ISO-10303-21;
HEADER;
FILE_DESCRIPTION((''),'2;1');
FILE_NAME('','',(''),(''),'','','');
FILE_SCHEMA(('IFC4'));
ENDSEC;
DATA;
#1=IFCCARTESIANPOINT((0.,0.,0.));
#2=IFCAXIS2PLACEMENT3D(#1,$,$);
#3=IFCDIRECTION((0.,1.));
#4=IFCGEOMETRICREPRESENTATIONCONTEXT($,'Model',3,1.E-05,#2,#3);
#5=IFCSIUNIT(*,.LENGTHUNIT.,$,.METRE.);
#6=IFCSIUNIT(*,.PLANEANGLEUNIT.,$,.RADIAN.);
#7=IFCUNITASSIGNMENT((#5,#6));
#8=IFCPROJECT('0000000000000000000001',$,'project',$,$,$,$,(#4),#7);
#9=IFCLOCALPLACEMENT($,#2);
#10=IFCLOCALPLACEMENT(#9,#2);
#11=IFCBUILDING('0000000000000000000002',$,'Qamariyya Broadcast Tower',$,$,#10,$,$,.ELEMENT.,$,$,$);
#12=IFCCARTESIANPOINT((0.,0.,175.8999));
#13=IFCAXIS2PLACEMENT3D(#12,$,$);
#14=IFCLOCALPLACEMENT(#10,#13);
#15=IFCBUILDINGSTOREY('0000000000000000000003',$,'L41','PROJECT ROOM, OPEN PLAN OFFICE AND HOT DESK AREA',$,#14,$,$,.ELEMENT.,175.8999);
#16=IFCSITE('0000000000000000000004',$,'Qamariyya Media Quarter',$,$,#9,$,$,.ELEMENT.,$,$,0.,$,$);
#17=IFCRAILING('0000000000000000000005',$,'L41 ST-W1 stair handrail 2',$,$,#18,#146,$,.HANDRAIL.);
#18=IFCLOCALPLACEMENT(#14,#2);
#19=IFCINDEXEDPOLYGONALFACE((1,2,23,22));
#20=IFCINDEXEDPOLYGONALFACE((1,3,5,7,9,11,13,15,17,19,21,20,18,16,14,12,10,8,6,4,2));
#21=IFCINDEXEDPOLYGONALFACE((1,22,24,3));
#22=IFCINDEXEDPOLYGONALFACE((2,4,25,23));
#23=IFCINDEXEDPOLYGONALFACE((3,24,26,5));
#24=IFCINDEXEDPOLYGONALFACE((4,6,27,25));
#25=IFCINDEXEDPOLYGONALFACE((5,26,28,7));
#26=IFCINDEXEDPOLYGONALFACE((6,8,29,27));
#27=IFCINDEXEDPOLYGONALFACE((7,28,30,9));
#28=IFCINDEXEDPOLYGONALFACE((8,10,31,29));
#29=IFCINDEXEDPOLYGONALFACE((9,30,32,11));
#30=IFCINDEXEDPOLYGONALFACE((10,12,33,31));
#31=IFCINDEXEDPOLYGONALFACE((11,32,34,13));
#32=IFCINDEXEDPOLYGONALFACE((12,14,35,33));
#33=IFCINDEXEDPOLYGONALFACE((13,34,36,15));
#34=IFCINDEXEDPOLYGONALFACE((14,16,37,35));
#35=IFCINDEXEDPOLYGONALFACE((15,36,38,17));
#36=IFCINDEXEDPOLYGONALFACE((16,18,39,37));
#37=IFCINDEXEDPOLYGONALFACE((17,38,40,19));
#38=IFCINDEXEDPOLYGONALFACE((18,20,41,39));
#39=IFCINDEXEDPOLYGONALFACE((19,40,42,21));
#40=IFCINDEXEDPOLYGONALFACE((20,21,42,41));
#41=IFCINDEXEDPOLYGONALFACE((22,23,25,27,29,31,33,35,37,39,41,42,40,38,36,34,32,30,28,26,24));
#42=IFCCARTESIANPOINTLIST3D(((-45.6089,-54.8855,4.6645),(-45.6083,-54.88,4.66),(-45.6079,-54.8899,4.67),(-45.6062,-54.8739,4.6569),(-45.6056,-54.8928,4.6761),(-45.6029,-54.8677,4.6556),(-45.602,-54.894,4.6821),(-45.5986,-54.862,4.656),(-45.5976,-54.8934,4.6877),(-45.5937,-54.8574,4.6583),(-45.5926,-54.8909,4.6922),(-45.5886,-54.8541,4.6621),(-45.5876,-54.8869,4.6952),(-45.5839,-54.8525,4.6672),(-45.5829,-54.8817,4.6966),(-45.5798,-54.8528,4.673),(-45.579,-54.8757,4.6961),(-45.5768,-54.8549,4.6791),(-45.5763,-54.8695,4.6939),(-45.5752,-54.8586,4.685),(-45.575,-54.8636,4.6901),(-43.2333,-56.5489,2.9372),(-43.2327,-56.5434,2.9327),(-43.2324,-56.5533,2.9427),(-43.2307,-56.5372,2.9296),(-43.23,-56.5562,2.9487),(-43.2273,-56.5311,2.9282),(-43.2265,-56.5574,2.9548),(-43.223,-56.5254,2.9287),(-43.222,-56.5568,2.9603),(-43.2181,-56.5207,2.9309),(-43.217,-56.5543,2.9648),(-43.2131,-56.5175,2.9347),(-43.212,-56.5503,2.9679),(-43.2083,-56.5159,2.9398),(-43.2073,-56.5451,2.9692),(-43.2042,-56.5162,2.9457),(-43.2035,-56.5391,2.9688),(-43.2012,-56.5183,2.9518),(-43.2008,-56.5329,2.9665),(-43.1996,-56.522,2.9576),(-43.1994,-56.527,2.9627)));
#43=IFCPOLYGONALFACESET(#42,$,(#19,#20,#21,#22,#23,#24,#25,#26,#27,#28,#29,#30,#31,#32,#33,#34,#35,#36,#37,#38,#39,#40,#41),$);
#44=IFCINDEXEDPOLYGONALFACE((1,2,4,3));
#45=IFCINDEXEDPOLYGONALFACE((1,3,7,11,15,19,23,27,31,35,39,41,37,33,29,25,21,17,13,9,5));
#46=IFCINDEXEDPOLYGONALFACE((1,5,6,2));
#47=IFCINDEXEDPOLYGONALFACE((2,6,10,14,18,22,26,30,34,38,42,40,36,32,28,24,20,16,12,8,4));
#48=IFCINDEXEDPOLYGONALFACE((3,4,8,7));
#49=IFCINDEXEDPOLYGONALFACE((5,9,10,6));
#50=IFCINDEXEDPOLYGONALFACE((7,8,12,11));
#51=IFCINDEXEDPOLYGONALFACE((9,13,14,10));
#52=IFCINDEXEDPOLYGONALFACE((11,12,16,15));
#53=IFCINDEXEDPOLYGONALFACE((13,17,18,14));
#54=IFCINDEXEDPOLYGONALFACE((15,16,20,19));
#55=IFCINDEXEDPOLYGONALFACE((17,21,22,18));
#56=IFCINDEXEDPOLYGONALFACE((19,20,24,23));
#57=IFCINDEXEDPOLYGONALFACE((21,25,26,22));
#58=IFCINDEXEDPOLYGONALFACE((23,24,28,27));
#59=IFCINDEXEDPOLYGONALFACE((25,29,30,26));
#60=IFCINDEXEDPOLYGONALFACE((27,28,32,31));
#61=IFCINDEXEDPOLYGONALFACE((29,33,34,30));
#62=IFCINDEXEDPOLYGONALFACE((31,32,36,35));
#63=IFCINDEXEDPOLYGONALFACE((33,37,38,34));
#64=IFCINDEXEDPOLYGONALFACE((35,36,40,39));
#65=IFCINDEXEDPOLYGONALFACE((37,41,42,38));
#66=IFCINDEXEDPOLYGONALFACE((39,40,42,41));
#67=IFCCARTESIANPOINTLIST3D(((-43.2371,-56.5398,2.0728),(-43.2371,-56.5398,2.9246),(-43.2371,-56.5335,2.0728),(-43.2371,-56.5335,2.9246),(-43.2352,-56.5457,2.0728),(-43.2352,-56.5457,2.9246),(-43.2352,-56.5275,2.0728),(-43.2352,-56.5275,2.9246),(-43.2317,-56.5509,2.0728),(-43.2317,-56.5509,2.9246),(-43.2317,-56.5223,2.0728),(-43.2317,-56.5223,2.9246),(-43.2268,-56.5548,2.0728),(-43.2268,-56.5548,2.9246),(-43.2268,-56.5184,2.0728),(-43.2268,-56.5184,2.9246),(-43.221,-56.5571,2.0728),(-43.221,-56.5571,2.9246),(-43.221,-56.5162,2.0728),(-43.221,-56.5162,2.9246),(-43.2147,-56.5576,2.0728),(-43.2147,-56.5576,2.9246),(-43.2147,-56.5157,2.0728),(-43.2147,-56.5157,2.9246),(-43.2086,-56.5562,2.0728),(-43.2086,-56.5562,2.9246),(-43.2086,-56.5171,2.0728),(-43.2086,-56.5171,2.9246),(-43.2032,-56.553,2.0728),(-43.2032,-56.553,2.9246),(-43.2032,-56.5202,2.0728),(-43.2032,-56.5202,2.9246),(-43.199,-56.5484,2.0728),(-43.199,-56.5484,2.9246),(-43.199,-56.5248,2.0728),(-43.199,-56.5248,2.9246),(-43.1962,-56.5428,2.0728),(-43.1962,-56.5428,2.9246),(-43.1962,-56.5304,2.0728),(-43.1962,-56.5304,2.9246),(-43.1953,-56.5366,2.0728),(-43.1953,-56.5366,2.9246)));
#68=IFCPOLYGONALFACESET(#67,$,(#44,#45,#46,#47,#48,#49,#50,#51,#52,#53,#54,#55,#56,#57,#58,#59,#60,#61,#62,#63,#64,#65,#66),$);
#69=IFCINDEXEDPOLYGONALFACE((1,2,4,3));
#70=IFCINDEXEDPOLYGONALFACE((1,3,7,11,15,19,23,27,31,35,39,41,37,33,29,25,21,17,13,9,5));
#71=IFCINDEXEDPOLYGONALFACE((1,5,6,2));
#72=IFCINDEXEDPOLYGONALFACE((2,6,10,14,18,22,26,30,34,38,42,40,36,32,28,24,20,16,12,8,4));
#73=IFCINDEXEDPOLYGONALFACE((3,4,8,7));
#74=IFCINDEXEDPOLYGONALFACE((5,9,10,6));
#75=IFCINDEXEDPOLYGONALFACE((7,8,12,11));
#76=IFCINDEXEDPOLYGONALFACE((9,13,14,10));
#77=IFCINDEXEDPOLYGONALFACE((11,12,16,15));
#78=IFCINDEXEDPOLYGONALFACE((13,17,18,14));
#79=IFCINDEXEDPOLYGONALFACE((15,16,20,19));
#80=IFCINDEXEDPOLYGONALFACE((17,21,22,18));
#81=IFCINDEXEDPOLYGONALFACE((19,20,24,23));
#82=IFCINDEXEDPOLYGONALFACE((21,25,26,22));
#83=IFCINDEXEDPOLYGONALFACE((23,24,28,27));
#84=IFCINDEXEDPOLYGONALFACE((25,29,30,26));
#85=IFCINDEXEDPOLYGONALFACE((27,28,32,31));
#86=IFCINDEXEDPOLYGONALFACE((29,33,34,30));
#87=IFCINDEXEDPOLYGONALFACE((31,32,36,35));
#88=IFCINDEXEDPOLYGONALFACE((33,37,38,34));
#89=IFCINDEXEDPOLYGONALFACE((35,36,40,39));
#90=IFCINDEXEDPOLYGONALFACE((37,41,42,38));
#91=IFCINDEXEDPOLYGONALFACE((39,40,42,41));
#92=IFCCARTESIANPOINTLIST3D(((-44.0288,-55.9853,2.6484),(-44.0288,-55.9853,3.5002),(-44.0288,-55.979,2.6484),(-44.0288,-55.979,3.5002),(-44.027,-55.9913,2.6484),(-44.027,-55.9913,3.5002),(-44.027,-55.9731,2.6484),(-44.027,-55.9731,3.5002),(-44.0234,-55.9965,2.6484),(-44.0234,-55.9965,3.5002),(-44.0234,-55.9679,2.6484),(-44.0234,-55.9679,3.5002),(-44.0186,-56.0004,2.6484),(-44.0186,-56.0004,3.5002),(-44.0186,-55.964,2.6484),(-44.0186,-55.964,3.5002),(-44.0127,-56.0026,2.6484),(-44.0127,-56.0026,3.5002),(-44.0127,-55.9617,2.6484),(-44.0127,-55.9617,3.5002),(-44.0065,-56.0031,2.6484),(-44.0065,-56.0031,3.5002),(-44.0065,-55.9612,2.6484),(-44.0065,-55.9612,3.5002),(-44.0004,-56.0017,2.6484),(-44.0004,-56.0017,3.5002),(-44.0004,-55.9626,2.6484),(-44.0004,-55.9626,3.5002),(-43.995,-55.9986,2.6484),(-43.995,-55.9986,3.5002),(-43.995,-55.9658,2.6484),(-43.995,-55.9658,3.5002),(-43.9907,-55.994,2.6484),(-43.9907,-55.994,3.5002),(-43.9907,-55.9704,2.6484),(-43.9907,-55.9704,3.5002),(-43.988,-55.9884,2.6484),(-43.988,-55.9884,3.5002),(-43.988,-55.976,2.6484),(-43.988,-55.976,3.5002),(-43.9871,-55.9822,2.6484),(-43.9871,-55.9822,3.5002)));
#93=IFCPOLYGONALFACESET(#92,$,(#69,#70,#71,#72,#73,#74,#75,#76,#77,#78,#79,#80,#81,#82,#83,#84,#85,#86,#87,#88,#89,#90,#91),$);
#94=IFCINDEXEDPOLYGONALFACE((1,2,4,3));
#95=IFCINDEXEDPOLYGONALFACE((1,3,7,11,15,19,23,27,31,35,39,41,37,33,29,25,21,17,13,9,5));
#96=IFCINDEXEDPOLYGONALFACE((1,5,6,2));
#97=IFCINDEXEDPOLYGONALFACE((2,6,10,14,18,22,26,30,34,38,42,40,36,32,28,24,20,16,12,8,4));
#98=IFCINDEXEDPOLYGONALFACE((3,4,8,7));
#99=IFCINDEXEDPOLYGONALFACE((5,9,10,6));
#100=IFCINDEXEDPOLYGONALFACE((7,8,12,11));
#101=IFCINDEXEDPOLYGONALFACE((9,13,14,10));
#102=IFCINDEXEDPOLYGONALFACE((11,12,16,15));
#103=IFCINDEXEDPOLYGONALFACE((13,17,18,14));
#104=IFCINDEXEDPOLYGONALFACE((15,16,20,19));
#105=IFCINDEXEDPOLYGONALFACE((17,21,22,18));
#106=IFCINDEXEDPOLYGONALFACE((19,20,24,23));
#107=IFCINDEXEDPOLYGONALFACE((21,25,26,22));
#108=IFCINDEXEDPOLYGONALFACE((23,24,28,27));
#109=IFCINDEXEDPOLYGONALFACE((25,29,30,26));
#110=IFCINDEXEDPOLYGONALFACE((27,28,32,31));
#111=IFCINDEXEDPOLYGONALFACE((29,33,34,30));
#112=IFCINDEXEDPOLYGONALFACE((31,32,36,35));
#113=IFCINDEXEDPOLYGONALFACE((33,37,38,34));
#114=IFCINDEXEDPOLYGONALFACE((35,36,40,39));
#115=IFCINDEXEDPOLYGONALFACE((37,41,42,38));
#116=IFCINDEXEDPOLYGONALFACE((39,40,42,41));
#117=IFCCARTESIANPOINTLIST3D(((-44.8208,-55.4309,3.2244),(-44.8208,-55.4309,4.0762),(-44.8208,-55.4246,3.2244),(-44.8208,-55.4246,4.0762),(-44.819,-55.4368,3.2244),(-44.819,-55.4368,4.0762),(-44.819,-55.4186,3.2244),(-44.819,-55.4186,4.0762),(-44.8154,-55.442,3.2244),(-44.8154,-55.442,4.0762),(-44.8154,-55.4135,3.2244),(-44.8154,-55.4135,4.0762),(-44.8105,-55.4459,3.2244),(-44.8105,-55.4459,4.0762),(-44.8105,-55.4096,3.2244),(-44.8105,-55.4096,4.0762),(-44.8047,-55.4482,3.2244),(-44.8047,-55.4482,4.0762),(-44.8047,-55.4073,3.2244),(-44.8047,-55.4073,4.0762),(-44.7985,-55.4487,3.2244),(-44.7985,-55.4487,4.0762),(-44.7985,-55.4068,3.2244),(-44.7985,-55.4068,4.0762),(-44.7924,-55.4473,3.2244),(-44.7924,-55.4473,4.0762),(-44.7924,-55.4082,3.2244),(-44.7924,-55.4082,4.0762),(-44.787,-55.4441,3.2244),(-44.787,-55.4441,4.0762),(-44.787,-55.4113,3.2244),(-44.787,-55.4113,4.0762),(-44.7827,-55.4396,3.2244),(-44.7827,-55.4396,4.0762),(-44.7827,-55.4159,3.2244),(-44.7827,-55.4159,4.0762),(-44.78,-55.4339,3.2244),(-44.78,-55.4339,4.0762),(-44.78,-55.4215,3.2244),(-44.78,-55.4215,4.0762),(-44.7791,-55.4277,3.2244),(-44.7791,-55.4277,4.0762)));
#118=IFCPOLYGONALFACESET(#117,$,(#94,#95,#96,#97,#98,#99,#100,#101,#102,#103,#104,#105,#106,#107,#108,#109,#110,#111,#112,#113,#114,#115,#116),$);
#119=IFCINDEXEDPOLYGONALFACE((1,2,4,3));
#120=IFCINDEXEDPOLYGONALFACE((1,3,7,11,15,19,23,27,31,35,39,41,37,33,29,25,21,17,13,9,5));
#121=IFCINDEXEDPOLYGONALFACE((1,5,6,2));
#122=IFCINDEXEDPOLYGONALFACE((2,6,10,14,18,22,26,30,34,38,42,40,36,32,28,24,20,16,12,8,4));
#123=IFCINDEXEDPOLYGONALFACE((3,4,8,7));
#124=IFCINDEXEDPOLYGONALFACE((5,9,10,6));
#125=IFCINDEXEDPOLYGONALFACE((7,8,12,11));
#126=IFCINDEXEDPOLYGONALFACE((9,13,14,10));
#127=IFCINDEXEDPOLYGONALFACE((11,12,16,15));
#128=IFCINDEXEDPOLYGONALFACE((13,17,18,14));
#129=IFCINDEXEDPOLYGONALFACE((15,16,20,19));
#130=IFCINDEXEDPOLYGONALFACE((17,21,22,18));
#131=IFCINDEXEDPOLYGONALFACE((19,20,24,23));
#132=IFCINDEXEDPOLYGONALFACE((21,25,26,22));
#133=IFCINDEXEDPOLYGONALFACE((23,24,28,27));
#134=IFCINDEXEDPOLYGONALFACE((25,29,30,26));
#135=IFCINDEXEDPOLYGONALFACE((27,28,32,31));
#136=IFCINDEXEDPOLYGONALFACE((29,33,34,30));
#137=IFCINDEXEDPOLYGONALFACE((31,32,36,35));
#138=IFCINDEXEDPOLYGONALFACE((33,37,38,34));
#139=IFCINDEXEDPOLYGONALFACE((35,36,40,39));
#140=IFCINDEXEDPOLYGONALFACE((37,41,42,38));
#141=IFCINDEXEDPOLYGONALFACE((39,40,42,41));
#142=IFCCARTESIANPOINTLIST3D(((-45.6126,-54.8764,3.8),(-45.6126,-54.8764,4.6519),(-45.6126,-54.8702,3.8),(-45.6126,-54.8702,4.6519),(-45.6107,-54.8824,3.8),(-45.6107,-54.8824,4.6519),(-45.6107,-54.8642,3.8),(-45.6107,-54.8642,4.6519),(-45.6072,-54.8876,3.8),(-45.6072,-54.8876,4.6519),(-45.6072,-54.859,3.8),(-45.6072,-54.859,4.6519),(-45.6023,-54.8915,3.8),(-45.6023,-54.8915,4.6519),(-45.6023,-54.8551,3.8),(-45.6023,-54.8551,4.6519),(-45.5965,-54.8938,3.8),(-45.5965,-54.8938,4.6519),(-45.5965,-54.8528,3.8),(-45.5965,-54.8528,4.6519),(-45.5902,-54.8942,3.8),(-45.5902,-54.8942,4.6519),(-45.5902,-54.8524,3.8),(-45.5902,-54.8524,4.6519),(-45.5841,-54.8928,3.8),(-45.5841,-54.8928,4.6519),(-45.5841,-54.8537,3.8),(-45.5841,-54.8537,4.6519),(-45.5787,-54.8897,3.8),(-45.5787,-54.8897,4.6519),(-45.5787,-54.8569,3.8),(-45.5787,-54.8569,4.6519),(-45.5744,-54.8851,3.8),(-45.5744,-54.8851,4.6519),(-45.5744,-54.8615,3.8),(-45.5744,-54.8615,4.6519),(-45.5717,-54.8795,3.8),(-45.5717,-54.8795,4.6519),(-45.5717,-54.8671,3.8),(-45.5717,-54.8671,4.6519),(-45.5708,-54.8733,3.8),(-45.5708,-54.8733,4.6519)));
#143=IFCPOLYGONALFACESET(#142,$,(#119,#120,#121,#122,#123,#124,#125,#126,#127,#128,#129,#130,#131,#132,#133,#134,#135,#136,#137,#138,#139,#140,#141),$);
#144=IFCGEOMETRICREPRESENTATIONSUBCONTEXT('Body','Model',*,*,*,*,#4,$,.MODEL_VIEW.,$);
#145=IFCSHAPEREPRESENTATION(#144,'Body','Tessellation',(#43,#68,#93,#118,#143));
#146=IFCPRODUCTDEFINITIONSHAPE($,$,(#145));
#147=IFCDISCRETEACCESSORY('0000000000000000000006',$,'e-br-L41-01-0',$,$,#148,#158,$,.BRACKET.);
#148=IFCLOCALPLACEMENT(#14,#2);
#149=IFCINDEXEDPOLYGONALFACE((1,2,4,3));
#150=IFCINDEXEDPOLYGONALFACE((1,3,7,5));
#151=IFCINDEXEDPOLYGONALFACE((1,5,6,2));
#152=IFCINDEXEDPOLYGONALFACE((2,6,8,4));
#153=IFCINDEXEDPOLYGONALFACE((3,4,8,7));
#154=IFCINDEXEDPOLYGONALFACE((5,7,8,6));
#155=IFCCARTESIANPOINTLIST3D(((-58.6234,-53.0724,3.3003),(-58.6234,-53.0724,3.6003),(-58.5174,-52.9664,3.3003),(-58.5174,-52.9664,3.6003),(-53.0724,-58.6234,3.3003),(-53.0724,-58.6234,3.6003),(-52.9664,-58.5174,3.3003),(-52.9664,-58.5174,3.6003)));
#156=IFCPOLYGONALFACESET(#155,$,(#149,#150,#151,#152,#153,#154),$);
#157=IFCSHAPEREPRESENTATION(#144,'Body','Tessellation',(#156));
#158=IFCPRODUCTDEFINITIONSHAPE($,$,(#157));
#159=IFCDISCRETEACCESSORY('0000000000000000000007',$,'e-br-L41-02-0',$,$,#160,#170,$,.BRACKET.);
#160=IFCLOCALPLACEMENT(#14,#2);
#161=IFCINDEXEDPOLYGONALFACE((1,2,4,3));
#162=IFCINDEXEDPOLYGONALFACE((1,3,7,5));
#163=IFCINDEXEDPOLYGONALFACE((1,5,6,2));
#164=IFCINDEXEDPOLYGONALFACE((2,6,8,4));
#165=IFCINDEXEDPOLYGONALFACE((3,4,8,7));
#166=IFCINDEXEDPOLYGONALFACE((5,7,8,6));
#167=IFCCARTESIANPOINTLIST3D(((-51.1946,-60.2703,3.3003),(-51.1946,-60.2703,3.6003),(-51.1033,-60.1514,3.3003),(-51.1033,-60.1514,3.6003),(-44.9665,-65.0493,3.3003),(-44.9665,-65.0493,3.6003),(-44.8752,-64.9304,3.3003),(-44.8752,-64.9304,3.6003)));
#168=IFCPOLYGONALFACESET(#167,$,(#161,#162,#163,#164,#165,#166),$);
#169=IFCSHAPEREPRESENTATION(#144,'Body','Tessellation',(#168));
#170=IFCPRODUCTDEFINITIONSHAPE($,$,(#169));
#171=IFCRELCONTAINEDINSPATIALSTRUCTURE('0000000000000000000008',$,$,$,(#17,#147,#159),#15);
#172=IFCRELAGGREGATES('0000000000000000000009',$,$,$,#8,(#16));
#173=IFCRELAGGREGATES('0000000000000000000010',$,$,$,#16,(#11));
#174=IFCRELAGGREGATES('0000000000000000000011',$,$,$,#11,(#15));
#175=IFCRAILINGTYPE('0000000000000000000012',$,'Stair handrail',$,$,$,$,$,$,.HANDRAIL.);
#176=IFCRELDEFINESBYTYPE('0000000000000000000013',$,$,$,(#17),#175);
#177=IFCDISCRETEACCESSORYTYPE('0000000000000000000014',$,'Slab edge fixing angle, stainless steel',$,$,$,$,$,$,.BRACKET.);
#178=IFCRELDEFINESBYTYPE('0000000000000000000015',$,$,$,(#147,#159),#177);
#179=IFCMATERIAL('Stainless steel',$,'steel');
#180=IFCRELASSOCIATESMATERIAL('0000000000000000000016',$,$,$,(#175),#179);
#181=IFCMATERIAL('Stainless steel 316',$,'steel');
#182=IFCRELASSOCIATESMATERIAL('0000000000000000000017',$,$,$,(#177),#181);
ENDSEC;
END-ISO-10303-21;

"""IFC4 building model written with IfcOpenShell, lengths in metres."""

from ifc_helpers import new_model, si_unit, direction, frame, origin, origin_2d, place, context, subcontext, project, spatial, rectangle, circle, extrude, material, type_object, element, save


model = new_model("IFC4")

# Units and contexts
model_context = context("Model", 3, precision=1e-05, world=origin(), true_north=direction((0.0, 1.0)))
body_context = subcontext(model_context, "Body", "Model", "MODEL_VIEW")
ifc_project = project(units=[si_unit("LENGTHUNIT", "METRE"), si_unit("PLANEANGLEUNIT", "RADIAN")], contexts=[model_context])

# Site, building, storey
site_placement = place(None, origin())
site = spatial("IfcSite", under=ifc_project, at=site_placement, Name="Qamariyya Media Quarter", CompositionType="ELEMENT", RefElevation=0.0)
building_placement = place(site_placement, origin())
building = spatial("IfcBuilding", under=site, at=building_placement, Name="Qamariyya Broadcast Tower", CompositionType="ELEMENT")
storey_placement = place(building_placement, frame((0.0, 0.0, 175.8999)))
storey = spatial("IfcBuildingStorey", under=building, at=storey_placement, Name="L41", Description="PROJECT ROOM, OPEN PLAN OFFICE AND HOT DESK AREA", CompositionType="ELEMENT", Elevation=175.8999)

# Railing
ifc_material_1 = material(Name="Stainless steel", Category="steel")
railing_type_1 = type_object("IfcRailingType", Name="Stair handrail", PredefinedType="HANDRAIL", material=ifc_material_1)
railing_1_placement = place(storey_placement, frame((-43.2163, -56.5366, 2.0728)))
element("IfcRailing", 1, at=railing_1_placement, inside=storey, type_object=railing_type_1, Name="L41 ST-W1 stair handrail 2", PredefinedType="HANDRAIL", context=body_context, shape_type="SweptSolid", body=[
    extrude(circle(Radius=0.0239, at=origin_2d()), frame((0.0, 0.0, 0.876), z_axis=(-0.70377, 0.492784, 0.511734), x_axis=(-0.573575, -0.819153, 0.0)), (0.0, 0.0, 1.0), 3.3755),
    extrude(circle(Radius=0.021, at=origin_2d()), origin(), (0.0, 0.0, 1.0), 0.8518),
    extrude(circle(Radius=0.021, at=origin_2d()), frame((-0.7917, 0.5544, 0.5757)), (0.0, 0.0, 1.0), 0.8518),
    extrude(circle(Radius=0.021, at=origin_2d()), frame((-1.5837, 1.1089, 1.1516)), (0.0, 0.0, 1.0), 0.8518),
    extrude(circle(Radius=0.021, at=origin_2d()), frame((-2.3755, 1.6633, 1.7273)), (0.0, 0.0, 1.0), 0.8518),
])

# Discrete accessories
ifc_material_2 = material(Name="Stainless steel 316", Category="steel")
discrete_accessory_type = type_object("IfcDiscreteAccessoryType", Name="Slab edge fixing angle, stainless steel", PredefinedType="BRACKET", material=ifc_material_2)
for number, where, z_axis, x_axis, name in (
    (2, (-55.7949, -55.7949, 3.3003), (0.0, 0.0, 1.0), (0.707107, -0.707107, 0.0), "e-br-L41-01-0"),
    (3, (-48.0349, -62.6003, 3.3003), (0.0, 0.0, 1.0), (0.793353, -0.608761, 0.0), "e-br-L41-02-0"),
):
    element("IfcDiscreteAccessory", number, at=place(storey_placement, frame(where, z_axis=z_axis, x_axis=x_axis)), inside=storey, type_object=discrete_accessory_type, Name=name, PredefinedType="BRACKET", context=body_context, shape_type="SweptSolid", body=[
        extrude(rectangle(XDim=7.8503, YDim=0.1499, at=origin_2d()), origin(), (0.0, 0.0, 1.0), 0.3),
    ])

save(model, "model.ifc")
